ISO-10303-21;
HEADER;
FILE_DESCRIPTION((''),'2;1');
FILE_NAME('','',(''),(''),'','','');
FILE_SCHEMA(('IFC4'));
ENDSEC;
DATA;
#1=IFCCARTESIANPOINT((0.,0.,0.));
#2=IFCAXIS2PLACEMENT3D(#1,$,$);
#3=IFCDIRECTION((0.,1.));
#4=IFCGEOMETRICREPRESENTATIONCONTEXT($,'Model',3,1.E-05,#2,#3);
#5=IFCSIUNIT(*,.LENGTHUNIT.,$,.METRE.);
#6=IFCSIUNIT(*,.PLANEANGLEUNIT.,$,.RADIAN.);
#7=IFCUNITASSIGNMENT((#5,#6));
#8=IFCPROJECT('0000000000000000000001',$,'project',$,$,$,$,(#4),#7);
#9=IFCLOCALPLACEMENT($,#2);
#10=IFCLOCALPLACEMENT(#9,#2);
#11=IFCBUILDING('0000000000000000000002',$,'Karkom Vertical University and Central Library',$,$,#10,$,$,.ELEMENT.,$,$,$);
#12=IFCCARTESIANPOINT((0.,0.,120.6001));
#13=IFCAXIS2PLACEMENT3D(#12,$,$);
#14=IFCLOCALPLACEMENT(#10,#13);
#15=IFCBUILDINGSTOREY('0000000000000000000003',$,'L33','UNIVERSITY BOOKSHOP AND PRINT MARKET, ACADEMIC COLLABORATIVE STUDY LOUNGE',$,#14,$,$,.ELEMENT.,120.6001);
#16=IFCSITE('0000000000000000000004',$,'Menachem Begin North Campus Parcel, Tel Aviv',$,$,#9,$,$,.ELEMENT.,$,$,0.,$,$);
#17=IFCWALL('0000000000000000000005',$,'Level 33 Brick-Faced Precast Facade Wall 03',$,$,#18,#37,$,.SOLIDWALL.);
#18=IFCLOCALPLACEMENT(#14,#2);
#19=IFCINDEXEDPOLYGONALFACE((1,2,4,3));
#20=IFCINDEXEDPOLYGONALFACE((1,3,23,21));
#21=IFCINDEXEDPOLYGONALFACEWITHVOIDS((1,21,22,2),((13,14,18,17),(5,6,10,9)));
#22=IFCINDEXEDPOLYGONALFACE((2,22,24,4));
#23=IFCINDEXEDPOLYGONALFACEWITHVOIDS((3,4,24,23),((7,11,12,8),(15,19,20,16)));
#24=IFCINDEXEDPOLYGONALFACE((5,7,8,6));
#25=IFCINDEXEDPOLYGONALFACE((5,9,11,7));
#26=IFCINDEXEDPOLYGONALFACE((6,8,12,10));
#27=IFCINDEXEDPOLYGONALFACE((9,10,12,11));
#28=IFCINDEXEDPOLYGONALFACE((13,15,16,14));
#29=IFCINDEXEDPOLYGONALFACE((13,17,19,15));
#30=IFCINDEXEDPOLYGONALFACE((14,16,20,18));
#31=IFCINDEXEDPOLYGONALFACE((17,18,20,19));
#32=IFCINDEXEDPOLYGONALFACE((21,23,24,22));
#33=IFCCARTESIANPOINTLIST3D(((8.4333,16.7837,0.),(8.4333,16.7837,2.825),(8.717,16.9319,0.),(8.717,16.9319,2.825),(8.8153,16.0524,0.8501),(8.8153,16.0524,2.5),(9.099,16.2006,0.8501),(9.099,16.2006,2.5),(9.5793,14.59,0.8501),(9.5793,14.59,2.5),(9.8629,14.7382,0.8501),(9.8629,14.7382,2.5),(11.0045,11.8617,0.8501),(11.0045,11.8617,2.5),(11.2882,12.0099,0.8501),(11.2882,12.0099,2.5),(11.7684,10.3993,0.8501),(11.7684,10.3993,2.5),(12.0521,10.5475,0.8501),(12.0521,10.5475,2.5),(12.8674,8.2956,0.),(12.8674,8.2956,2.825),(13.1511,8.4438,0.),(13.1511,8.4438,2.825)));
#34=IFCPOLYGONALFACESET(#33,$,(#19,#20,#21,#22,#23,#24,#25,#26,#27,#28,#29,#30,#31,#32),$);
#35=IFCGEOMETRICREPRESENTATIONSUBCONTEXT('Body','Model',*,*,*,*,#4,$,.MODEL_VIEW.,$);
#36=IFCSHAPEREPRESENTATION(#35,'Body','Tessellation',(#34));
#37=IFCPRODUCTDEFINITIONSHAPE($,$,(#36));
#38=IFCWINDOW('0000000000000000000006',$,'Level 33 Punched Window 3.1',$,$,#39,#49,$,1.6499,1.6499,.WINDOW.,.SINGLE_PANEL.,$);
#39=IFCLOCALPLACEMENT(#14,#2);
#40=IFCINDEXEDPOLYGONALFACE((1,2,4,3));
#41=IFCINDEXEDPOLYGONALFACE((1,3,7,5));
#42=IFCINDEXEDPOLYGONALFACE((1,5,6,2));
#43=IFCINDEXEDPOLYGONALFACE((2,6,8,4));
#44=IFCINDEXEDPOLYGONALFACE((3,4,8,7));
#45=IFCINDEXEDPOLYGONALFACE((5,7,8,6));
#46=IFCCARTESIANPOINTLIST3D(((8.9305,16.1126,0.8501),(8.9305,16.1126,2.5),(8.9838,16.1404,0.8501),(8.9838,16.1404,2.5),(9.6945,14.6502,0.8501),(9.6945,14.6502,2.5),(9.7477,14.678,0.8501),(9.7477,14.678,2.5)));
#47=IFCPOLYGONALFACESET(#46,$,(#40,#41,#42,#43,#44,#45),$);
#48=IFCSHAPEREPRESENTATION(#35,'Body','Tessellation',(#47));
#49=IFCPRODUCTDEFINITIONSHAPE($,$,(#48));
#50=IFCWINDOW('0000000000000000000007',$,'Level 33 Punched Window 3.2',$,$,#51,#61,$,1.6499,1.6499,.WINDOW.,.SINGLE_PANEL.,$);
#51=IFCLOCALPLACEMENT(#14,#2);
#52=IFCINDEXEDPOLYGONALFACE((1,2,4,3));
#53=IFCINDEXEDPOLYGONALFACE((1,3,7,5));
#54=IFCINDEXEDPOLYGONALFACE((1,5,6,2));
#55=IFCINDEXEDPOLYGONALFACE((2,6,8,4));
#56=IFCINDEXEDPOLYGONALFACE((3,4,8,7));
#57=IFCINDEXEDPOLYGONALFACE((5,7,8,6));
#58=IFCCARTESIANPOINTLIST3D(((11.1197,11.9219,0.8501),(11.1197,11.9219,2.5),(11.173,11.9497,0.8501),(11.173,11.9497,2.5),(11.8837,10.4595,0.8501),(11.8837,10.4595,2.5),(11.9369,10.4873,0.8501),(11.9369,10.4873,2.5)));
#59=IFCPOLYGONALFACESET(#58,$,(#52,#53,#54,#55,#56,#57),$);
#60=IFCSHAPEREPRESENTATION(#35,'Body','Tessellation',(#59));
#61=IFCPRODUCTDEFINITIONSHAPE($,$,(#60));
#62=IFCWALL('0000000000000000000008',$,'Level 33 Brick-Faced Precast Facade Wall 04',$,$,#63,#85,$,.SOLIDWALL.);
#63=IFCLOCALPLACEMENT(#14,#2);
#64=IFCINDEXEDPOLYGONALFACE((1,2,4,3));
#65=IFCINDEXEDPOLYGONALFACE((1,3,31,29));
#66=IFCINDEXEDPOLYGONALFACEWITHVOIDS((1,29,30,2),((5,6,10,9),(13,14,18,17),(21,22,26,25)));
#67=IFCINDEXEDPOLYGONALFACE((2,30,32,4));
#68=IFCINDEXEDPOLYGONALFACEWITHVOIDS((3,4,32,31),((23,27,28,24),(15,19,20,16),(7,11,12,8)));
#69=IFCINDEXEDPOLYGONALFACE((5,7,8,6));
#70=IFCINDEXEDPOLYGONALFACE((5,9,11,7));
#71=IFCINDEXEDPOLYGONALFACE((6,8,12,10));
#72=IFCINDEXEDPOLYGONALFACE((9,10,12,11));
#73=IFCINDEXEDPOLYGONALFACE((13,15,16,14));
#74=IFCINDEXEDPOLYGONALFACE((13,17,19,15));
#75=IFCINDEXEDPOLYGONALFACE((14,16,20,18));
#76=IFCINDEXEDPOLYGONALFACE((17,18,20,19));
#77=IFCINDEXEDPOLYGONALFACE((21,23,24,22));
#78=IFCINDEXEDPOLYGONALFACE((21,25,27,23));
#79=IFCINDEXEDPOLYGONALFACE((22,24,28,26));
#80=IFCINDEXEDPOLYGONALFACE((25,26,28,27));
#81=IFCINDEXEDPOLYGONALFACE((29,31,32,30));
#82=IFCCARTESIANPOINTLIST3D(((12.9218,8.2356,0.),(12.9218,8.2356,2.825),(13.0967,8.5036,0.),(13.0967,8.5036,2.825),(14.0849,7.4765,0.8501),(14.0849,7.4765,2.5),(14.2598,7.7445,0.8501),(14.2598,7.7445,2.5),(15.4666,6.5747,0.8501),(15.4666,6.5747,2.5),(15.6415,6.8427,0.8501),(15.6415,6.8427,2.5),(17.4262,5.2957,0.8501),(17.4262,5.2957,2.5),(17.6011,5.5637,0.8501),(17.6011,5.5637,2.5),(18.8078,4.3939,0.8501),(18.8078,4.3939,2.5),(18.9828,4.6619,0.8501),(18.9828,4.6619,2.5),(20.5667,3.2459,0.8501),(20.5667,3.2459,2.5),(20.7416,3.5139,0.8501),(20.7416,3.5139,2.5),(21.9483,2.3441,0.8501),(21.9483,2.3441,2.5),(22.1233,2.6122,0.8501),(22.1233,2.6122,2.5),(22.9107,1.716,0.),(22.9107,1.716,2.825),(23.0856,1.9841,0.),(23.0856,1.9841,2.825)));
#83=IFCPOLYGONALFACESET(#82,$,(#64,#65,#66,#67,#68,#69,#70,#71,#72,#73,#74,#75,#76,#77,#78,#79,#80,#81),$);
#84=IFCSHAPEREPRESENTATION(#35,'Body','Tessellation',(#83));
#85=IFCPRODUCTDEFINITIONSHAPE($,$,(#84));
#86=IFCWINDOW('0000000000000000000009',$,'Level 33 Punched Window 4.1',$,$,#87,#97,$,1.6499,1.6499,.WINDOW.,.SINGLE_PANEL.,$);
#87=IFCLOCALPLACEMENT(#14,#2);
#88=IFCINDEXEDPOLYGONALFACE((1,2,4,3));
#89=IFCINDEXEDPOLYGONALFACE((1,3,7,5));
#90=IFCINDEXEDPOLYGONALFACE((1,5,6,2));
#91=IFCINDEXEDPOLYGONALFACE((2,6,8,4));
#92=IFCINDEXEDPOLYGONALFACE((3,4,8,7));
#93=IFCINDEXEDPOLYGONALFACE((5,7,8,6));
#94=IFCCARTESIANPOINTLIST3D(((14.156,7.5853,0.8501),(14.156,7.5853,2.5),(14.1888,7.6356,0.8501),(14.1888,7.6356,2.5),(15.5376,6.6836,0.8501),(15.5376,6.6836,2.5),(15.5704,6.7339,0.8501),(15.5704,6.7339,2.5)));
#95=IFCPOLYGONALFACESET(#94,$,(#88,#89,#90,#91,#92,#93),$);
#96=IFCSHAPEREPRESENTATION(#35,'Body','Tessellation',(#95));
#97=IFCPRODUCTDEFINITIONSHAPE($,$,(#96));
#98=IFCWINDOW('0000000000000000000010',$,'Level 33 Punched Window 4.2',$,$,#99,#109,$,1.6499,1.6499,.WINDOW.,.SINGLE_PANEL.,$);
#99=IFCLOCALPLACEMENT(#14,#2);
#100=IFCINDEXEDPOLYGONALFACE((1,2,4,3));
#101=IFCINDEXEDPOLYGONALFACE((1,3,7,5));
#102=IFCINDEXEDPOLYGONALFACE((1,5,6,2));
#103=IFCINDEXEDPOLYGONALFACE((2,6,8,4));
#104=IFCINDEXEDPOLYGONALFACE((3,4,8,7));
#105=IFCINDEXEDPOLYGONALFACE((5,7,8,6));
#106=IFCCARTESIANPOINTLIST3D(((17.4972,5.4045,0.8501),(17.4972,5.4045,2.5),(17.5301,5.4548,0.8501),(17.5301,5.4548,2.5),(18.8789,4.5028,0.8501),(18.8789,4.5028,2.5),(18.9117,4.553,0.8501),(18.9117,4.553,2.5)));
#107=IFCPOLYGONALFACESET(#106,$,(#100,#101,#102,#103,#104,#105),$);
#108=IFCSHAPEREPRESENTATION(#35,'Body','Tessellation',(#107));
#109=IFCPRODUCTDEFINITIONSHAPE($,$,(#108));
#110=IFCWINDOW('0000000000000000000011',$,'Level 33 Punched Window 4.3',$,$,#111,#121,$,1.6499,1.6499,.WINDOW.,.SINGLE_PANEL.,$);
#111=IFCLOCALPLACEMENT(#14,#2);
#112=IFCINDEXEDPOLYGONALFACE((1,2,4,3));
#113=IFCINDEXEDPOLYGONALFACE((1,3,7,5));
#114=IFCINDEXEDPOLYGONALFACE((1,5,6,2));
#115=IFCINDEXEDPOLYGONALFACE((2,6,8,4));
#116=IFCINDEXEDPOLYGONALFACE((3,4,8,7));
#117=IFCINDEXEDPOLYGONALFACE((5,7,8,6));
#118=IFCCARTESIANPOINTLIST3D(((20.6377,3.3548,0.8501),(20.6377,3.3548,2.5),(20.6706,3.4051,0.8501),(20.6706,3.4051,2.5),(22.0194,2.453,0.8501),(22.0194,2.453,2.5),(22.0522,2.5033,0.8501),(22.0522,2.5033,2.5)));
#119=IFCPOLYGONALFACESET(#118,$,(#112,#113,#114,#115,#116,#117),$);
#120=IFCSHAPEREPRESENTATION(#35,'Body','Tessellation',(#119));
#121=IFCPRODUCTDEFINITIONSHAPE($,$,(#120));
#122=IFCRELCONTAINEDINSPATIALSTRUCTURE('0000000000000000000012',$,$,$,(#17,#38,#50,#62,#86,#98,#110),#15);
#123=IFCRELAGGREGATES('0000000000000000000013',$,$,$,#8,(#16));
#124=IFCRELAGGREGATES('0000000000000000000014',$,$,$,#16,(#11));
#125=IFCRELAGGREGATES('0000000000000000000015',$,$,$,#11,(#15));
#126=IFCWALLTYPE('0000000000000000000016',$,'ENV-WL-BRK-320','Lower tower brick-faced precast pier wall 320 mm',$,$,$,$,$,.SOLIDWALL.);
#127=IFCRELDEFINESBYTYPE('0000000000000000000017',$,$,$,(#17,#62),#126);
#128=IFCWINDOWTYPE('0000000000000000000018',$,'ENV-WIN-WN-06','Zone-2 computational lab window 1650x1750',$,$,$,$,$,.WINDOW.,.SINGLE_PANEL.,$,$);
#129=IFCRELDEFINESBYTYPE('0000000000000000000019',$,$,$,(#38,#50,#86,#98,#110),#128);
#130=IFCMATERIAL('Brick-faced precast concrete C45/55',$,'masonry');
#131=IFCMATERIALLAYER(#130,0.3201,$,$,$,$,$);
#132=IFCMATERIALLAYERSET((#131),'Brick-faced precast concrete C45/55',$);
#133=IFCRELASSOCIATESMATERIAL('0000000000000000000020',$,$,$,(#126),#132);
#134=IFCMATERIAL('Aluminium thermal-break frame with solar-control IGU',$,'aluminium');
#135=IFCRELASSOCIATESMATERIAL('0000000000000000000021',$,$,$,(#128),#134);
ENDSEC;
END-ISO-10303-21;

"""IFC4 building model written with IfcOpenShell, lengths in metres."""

from ifc_helpers import new_model, si_unit, direction, frame, frame_2d, origin, origin_with_axes, place, context, subcontext, project, spatial, rectangle, extrude, source, transform, mapped, material, layer, layer_set, type_object, element, fill, save


model = new_model("IFC4")

# Units and contexts
model_context = context("Model", 3, precision=1e-05, world=origin(), true_north=direction((0.0, 1.0)))
body_context = subcontext(model_context, "Body", "Model", "MODEL_VIEW")
ifc_project = project(units=[si_unit("LENGTHUNIT", "METRE"), si_unit("PLANEANGLEUNIT", "RADIAN")], contexts=[model_context])

# Site, building, storey
site_placement = place(None, origin())
site = spatial("IfcSite", under=ifc_project, at=site_placement, Name="Menachem Begin North Campus Parcel, Tel Aviv", CompositionType="ELEMENT", RefElevation=0.0)
building_placement = place(site_placement, origin())
building = spatial("IfcBuilding", under=site, at=building_placement, Name="Karkom Vertical University and Central Library", CompositionType="ELEMENT")
storey_placement = place(building_placement, frame((0.0, 0.0, 120.6001)))
storey = spatial("IfcBuildingStorey", under=building, at=storey_placement, Name="L33", Description="UNIVERSITY BOOKSHOP AND PRINT MARKET, ACADEMIC COLLABORATIVE STUDY LOUNGE", CompositionType="ELEMENT", Elevation=120.6001)

# Walls, openings, windows
ifc_material_1 = material(Name="Brick-faced precast concrete C45/55", Category="masonry")
ifc_layer_1 = layer(ifc_material_1, 0.3201)
ifc_layer_set_1 = layer_set([ifc_layer_1], Name="Brick-faced precast concrete C45/55")
wall_type_1 = type_object("IfcWallType", Name="ENV-WL-BRK-320", Description="Lower tower brick-faced precast pier wall 320 mm", PredefinedType="SOLIDWALL", material=ifc_layer_set_1)
wall_1_placement = place(storey_placement, frame((8.5752, 16.8577, 0.0), z_axis=(0.0, 0.0, 1.0), x_axis=(0.463021, -0.886347, 0.0)))
wall_1 = element("IfcWall", 1, at=wall_1_placement, inside=storey, type_object=wall_type_1, Name="Level 33 Brick-Faced Precast Facade Wall 03", PredefinedType="SOLIDWALL", context=body_context, shape_type="SweptSolid", body=[
    extrude(rectangle(XDim=9.5764, YDim=0.3201, at=frame_2d((4.7881, 0.0))), origin(), (0.0, 0.0, 1.0), 2.825),
])
opening_1_placement = place(wall_1_placement, frame((0.825, 0.0, 0.8501)))
opening_1 = element("IfcOpeningElement", 2, at=opening_1_placement, cuts=wall_1, PredefinedType="OPENING", context=body_context, shape_type="SweptSolid", body=[
    extrude(rectangle(XDim=1.6499, YDim=1.6499, at=frame_2d((0.825, 0.825))), frame((0.0, 0.1699, 0.0), z_axis=(0.0, -1.0, 0.0), x_axis=(1.0, 0.0, 0.0)), (0.0, 0.0, 1.0), 0.3401),
])
opening_2_placement = place(wall_1_placement, frame((5.553, 0.0, 0.8501)))
opening_2 = element("IfcOpeningElement", 3, at=opening_2_placement, cuts=wall_1, PredefinedType="OPENING", context=body_context, shape_type="SweptSolid", body=[
    extrude(rectangle(XDim=1.6499, YDim=1.6499, at=frame_2d((0.825, 0.825))), frame((0.0, 0.1699, 0.0), z_axis=(0.0, -1.0, 0.0), x_axis=(1.0, 0.0, 0.0)), (0.0, 0.0, 1.0), 0.3401),
])
ifc_material_2 = material(Name="Aluminium thermal-break frame with solar-control IGU", Category="aluminium")
window_type = type_object("IfcWindowType", Name="ENV-WIN-WN-06", Description="Zone-2 computational lab window 1650x1750", PartitioningType="SINGLE_PANEL", PredefinedType="WINDOW", material=ifc_material_2)
shared_shape_1 = source(origin_with_axes(), body_context, "Body", "SweptSolid", [
    extrude(rectangle(XDim=1.6499, YDim=1.6499, at=frame_2d((0.825, 0.825))), frame((0.0, 0.03, 0.0), z_axis=(0.0, -1.0, 0.0), x_axis=(1.0, 0.0, 0.0)), (0.0, 0.0, 1.0), 0.0601),
])
window_1_placement = place(opening_1_placement, origin())
window_1 = element("IfcWindow", 4, at=window_1_placement, inside=storey, type_object=window_type, Name="Level 33 Punched Window 3.1", OverallHeight=1.6499, OverallWidth=1.6499, PartitioningType="SINGLE_PANEL", PredefinedType="WINDOW", context=body_context, shape_type="MappedRepresentation", body=[
    mapped(shared_shape_1, transform((0.0, 0.0, 0.0), scale=1.0)),
])
fill(opening_1, window_1)
window_2_placement = place(opening_2_placement, origin())
window_2 = element("IfcWindow", 5, at=window_2_placement, inside=storey, type_object=window_type, Name="Level 33 Punched Window 3.2", OverallHeight=1.6499, OverallWidth=1.6499, PartitioningType="SINGLE_PANEL", PredefinedType="WINDOW", context=body_context, shape_type="MappedRepresentation", body=[
    mapped(shared_shape_1, transform((0.0, 0.0, 0.0), scale=1.0)),
])
fill(opening_2, window_2)
wall_2_placement = place(storey_placement, frame((13.0093, 8.3696, 0.0), z_axis=(0.0, 0.0, 1.0), x_axis=(0.837414, -0.546569, 0.0)))
wall_2 = element("IfcWall", 6, at=wall_2_placement, inside=storey, type_object=wall_type_1, Name="Level 33 Brick-Faced Precast Facade Wall 04", PredefinedType="SOLIDWALL", context=body_context, shape_type="SweptSolid", body=[
    extrude(rectangle(XDim=11.9282, YDim=0.3201, at=frame_2d((5.9641, 0.0))), origin(), (0.0, 0.0, 1.0), 2.825),
])
opening_3_placement = place(wall_2_placement, frame((1.3889, 0.0, 0.8501)))
opening_3 = element("IfcOpeningElement", 7, at=opening_3_placement, cuts=wall_2, PredefinedType="OPENING", context=body_context, shape_type="SweptSolid", body=[
    extrude(rectangle(XDim=1.6499, YDim=1.6499, at=frame_2d((0.825, 0.825))), frame((0.0, 0.1699, 0.0), z_axis=(0.0, -1.0, 0.0), x_axis=(1.0, 0.0, 0.0)), (0.0, 0.0, 1.0), 0.3401),
])
opening_4_placement = place(wall_2_placement, frame((5.3789, 0.0, 0.8501)))
opening_4 = element("IfcOpeningElement", 8, at=opening_4_placement, cuts=wall_2, PredefinedType="OPENING", context=body_context, shape_type="SweptSolid", body=[
    extrude(rectangle(XDim=1.6499, YDim=1.6499, at=frame_2d((0.825, 0.825))), frame((0.0, 0.1699, 0.0), z_axis=(0.0, -1.0, 0.0), x_axis=(1.0, 0.0, 0.0)), (0.0, 0.0, 1.0), 0.3401),
])
opening_5_placement = place(wall_2_placement, frame((9.1292, 0.0, 0.8501)))
opening_5 = element("IfcOpeningElement", 9, at=opening_5_placement, cuts=wall_2, PredefinedType="OPENING", context=body_context, shape_type="SweptSolid", body=[
    extrude(rectangle(XDim=1.6499, YDim=1.6499, at=frame_2d((0.825, 0.825))), frame((0.0, 0.1699, 0.0), z_axis=(0.0, -1.0, 0.0), x_axis=(1.0, 0.0, 0.0)), (0.0, 0.0, 1.0), 0.3401),
])
window_3_placement = place(opening_3_placement, origin())
window_3 = element("IfcWindow", 10, at=window_3_placement, inside=storey, type_object=window_type, Name="Level 33 Punched Window 4.1", OverallHeight=1.6499, OverallWidth=1.6499, PartitioningType="SINGLE_PANEL", PredefinedType="WINDOW", context=body_context, shape_type="MappedRepresentation", body=[
    mapped(shared_shape_1, transform((0.0, 0.0, 0.0), scale=1.0)),
])
fill(opening_3, window_3)
window_4_placement = place(opening_4_placement, origin())
window_4 = element("IfcWindow", 11, at=window_4_placement, inside=storey, type_object=window_type, Name="Level 33 Punched Window 4.2", OverallHeight=1.6499, OverallWidth=1.6499, PartitioningType="SINGLE_PANEL", PredefinedType="WINDOW", context=body_context, shape_type="MappedRepresentation", body=[
    mapped(shared_shape_1, transform((0.0, 0.0, 0.0), scale=1.0)),
])
fill(opening_4, window_4)
window_5_placement = place(opening_5_placement, origin())
window_5 = element("IfcWindow", 12, at=window_5_placement, inside=storey, type_object=window_type, Name="Level 33 Punched Window 4.3", OverallHeight=1.6499, OverallWidth=1.6499, PartitioningType="SINGLE_PANEL", PredefinedType="WINDOW", context=body_context, shape_type="MappedRepresentation", body=[
    mapped(shared_shape_1, transform((0.0, 0.0, 0.0), scale=1.0)),
])
fill(opening_5, window_5)

save(model, "model.ifc")
